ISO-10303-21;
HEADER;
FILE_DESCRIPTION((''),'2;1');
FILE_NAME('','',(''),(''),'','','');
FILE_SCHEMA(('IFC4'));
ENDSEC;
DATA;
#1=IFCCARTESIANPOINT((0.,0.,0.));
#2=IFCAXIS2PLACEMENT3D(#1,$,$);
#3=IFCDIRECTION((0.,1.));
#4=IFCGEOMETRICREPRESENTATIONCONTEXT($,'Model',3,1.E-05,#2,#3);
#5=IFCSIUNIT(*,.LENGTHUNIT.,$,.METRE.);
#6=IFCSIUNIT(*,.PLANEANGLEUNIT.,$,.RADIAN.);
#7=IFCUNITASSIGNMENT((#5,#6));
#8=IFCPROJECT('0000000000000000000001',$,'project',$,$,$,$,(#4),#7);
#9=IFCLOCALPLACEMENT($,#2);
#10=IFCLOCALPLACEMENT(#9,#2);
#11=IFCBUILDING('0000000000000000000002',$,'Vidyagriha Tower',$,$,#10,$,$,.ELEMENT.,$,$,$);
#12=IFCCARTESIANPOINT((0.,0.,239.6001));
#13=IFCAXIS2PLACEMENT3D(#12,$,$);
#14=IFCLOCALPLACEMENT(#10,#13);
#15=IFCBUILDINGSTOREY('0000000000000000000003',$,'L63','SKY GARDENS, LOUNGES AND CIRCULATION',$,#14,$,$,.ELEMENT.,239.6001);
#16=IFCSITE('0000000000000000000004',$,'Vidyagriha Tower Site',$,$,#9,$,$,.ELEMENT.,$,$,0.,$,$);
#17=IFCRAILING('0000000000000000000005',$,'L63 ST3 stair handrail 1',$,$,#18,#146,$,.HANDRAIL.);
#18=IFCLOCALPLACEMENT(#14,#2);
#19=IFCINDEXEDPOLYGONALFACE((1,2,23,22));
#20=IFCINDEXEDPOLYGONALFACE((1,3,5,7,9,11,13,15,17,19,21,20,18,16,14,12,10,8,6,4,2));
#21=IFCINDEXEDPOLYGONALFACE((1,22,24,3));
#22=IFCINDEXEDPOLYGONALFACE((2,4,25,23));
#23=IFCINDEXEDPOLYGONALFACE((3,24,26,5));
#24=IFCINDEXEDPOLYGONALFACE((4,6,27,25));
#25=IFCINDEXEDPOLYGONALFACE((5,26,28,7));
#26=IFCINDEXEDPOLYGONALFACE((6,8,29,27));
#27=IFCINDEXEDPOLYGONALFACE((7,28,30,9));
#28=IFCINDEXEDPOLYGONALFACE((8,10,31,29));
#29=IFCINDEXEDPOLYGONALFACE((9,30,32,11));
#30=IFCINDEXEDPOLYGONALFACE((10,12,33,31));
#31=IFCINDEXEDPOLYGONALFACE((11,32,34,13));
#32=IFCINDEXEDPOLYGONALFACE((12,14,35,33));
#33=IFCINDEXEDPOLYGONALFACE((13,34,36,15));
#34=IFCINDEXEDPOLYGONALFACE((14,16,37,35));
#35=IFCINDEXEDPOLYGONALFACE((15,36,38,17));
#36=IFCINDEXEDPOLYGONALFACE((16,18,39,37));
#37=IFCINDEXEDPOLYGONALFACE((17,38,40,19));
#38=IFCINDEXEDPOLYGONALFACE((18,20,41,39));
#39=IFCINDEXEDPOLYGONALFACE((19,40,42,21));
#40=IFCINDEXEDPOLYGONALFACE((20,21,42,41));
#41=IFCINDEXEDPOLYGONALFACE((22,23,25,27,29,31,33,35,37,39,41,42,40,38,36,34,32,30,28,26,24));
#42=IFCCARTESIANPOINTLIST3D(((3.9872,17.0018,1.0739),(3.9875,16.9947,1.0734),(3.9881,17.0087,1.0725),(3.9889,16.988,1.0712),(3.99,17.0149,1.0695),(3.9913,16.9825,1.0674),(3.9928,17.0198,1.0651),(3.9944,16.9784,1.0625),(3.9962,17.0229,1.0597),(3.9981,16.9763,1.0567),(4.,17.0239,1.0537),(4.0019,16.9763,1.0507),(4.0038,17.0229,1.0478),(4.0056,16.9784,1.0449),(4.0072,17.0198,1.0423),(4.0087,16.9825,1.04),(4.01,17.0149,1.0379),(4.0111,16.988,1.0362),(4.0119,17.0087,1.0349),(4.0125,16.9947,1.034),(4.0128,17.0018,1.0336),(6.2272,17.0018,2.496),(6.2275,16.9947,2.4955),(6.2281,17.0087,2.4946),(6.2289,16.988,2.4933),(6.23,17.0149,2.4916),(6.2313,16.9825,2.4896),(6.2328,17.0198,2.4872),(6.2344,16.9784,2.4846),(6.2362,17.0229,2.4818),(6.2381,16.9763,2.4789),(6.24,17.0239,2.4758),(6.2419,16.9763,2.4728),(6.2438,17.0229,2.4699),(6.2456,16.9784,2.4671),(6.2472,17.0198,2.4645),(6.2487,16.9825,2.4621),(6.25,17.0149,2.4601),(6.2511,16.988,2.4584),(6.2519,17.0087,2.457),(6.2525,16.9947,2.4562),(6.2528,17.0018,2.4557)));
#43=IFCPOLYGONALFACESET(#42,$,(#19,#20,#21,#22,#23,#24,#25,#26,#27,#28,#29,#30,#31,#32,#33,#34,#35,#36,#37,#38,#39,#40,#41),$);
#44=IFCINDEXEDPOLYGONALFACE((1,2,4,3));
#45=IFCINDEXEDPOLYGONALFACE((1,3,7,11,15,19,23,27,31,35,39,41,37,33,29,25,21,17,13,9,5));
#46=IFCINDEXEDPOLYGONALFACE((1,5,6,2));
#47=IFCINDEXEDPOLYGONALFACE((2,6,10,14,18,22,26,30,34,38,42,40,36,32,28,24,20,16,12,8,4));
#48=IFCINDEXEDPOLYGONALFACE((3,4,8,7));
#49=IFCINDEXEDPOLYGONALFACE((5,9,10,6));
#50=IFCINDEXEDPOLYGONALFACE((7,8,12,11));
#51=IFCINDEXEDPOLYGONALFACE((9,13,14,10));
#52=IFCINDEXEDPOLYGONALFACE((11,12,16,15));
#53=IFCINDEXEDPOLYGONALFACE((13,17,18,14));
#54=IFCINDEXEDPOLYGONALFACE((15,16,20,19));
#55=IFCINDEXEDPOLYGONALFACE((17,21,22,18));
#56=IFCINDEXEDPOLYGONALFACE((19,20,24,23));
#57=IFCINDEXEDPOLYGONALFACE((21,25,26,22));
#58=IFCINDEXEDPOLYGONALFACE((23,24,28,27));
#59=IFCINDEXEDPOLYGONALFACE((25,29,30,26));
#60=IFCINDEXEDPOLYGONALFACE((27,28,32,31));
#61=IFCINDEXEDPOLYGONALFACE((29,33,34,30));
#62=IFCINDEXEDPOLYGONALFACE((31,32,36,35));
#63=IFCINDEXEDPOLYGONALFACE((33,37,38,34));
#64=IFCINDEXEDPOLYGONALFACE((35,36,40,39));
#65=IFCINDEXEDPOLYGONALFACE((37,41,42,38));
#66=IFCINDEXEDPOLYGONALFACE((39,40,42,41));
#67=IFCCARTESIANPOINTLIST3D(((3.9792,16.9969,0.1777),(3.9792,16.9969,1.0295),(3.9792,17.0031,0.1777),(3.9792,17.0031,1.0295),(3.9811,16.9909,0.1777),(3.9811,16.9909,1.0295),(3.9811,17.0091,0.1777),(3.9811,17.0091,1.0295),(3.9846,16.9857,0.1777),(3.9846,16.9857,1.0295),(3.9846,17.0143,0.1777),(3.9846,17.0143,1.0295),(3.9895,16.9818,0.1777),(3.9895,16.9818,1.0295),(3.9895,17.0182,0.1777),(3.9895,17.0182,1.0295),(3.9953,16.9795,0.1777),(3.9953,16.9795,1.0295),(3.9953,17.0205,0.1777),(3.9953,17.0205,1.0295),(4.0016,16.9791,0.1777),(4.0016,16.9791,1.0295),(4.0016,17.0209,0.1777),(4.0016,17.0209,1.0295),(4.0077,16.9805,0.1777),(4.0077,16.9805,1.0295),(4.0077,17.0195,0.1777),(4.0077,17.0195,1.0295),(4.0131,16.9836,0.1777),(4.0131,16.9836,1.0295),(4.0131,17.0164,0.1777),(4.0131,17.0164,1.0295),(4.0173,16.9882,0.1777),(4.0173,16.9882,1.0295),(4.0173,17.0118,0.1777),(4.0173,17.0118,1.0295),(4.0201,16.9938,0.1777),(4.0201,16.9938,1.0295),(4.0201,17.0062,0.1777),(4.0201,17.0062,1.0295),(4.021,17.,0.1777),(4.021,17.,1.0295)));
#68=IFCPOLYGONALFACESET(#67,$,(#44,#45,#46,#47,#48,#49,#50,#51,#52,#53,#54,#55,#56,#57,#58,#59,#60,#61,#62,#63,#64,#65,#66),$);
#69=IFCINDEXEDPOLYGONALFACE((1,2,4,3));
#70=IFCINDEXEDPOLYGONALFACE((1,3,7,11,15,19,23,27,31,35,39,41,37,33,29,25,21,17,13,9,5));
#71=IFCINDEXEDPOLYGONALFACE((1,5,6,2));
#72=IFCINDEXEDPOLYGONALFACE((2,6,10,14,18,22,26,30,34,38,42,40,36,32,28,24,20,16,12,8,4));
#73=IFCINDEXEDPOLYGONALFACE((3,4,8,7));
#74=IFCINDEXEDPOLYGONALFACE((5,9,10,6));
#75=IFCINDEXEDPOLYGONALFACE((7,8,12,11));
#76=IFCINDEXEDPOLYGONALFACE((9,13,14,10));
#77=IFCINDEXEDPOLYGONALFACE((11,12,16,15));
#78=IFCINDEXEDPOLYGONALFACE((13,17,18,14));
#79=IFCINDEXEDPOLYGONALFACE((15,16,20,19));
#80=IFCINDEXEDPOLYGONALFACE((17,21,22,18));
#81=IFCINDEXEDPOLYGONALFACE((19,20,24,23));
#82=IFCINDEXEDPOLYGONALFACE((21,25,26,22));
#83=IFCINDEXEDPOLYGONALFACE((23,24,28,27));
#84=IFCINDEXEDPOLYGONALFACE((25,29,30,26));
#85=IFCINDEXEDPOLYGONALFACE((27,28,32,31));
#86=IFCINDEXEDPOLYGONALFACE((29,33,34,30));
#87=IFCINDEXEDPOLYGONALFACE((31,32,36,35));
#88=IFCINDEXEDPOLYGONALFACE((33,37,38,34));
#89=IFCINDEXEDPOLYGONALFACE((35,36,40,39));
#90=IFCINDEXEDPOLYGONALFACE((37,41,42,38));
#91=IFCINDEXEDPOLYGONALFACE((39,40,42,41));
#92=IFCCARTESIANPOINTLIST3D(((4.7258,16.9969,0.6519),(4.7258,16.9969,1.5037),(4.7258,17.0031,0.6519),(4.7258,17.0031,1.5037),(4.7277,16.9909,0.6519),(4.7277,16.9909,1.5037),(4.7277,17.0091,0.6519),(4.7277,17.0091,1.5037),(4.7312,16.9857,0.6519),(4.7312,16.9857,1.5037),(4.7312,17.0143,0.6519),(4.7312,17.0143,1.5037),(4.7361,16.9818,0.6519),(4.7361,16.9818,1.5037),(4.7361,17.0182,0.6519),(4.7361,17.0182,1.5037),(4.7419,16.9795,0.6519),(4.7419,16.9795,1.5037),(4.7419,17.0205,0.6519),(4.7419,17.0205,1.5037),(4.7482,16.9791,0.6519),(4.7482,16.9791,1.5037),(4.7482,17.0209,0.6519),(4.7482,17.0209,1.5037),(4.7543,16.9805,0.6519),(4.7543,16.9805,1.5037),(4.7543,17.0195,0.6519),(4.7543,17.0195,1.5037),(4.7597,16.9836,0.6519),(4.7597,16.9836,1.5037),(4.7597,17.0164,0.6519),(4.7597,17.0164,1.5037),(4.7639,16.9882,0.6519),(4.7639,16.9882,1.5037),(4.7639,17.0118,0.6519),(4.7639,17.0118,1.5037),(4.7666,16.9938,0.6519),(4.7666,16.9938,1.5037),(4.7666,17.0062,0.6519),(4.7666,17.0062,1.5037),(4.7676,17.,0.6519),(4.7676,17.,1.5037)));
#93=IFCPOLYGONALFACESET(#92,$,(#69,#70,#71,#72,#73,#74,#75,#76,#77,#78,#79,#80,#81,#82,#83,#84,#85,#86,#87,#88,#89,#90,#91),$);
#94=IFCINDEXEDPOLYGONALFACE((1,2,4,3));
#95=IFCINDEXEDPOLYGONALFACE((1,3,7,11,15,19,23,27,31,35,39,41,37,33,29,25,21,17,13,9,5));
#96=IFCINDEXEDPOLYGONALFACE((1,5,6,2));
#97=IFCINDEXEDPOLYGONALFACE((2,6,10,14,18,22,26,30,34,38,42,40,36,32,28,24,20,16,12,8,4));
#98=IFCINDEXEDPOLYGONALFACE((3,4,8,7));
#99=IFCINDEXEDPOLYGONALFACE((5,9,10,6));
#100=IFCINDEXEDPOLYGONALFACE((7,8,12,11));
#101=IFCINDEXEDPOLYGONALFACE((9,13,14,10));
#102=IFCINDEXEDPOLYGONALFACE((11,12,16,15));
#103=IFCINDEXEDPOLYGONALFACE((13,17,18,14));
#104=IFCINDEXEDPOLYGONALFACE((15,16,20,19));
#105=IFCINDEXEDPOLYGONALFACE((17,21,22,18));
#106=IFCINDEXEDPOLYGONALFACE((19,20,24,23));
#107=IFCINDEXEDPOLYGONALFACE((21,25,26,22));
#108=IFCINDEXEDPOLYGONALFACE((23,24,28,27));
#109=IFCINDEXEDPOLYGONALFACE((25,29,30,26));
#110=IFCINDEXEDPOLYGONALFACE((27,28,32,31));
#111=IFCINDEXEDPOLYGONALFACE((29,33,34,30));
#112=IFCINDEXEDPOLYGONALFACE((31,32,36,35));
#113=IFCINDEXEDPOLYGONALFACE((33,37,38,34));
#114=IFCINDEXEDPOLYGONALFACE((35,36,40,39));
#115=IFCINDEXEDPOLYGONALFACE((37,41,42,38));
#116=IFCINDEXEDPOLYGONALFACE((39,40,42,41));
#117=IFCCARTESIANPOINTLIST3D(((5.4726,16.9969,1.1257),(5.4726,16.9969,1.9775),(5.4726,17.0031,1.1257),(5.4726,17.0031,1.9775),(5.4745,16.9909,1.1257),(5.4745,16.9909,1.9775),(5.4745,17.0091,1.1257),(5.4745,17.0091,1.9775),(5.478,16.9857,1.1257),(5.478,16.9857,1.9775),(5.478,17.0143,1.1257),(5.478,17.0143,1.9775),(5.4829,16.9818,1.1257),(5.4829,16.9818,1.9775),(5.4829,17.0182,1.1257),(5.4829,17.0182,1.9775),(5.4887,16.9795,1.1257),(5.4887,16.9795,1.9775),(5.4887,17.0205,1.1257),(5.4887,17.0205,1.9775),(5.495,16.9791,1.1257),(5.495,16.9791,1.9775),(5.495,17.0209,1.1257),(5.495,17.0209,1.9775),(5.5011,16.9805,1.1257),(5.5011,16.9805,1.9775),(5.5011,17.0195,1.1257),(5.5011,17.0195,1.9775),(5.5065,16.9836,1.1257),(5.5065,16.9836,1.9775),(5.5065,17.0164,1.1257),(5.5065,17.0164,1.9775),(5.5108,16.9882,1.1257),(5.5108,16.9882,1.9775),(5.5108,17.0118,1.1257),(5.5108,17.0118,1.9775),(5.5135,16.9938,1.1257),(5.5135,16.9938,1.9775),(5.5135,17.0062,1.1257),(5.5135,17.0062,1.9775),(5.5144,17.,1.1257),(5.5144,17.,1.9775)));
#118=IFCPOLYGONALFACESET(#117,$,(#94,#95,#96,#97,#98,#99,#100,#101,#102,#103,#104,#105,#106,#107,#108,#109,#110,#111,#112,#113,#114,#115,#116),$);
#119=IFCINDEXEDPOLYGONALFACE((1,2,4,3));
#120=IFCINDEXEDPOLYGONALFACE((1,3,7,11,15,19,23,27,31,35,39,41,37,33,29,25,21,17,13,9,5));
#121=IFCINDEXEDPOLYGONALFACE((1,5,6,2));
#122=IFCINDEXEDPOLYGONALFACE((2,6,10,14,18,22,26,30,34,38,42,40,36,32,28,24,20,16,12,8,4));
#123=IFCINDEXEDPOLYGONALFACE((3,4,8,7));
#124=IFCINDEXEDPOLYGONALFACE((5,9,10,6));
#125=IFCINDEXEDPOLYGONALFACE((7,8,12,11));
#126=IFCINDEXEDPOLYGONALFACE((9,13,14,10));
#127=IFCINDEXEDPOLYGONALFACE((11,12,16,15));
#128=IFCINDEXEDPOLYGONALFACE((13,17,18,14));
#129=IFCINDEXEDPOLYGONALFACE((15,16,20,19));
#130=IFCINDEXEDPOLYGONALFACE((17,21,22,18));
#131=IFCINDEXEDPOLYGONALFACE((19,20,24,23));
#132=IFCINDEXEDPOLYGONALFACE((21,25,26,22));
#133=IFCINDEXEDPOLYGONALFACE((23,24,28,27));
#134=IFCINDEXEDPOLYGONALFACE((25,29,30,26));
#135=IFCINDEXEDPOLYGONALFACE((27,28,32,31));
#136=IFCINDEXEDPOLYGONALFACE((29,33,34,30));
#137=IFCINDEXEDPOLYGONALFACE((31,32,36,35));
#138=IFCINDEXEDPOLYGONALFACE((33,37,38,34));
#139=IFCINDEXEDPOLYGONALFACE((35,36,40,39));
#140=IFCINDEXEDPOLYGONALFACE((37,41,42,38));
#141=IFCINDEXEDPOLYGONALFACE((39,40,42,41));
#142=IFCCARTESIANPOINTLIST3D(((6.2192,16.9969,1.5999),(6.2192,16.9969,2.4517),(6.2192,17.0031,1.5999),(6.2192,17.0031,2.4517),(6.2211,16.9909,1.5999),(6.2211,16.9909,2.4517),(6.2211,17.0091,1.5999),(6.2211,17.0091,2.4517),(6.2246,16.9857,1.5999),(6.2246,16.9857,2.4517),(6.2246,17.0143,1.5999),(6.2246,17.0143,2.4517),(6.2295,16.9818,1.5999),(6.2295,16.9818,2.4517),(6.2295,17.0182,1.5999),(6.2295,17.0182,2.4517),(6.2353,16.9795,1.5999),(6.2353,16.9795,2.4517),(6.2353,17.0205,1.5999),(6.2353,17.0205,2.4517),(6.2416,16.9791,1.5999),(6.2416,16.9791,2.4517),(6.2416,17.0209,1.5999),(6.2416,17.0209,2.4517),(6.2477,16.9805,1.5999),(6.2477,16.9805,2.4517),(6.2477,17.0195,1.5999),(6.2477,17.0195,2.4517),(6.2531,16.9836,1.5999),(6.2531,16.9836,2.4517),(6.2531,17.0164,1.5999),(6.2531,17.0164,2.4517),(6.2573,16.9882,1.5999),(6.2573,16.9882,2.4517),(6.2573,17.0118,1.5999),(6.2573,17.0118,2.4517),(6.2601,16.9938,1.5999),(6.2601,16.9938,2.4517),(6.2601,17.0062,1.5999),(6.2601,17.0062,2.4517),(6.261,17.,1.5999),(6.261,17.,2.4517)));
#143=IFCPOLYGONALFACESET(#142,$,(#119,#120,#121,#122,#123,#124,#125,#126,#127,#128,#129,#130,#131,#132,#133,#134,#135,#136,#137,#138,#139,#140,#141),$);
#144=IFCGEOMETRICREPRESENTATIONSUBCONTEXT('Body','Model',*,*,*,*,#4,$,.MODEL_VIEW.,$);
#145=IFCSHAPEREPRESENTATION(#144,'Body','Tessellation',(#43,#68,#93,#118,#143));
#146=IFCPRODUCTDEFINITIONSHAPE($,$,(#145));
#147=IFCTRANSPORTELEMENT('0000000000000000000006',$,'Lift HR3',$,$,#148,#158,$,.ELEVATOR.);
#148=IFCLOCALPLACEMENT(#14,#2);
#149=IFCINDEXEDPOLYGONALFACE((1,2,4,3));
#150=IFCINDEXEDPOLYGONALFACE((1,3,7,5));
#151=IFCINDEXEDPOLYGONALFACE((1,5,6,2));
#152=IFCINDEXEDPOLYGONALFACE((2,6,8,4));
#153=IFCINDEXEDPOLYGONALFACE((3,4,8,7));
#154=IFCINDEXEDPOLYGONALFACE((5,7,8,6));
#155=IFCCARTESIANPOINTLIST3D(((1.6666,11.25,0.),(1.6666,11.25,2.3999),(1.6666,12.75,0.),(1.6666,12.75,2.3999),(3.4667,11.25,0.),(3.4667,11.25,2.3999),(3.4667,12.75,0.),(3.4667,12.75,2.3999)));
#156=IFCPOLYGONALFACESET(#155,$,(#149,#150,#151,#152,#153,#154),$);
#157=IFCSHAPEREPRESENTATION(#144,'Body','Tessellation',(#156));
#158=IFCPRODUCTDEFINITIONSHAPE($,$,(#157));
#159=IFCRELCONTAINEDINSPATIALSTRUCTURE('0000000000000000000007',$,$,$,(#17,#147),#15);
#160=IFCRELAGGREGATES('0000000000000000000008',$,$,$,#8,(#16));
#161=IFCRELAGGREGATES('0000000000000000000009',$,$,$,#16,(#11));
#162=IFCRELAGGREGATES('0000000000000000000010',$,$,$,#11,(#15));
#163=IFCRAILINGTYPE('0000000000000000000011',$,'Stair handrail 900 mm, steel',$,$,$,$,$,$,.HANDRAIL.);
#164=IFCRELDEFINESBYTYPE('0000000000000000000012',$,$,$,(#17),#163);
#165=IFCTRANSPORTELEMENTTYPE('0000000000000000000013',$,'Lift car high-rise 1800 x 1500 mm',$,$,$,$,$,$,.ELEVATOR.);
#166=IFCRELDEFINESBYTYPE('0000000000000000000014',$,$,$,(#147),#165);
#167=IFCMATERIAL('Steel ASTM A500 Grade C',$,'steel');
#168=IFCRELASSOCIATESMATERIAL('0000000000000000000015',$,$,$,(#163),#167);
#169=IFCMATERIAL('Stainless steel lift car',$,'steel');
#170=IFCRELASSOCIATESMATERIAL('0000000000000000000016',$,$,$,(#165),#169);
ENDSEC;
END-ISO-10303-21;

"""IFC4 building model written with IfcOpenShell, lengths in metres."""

from ifc_helpers import new_model, si_unit, direction, frame, origin, origin_2d, place, context, subcontext, project, spatial, rectangle, circle, extrude, material, type_object, element, save


model = new_model("IFC4")

# Units and contexts
model_context = context("Model", 3, precision=1e-05, world=origin(), true_north=direction((0.0, 1.0)))
body_context = subcontext(model_context, "Body", "Model", "MODEL_VIEW")
ifc_project = project(units=[si_unit("LENGTHUNIT", "METRE"), si_unit("PLANEANGLEUNIT", "RADIAN")], contexts=[model_context])

# Site, building, storey
site_placement = place(None, origin())
site = spatial("IfcSite", under=ifc_project, at=site_placement, Name="Vidyagriha Tower Site", CompositionType="ELEMENT", RefElevation=0.0)
building_placement = place(site_placement, origin())
building = spatial("IfcBuilding", under=site, at=building_placement, Name="Vidyagriha Tower", CompositionType="ELEMENT")
storey_placement = place(building_placement, frame((0.0, 0.0, 239.6001)))
storey = spatial("IfcBuildingStorey", under=building, at=storey_placement, Name="L63", Description="SKY GARDENS, LOUNGES AND CIRCULATION", CompositionType="ELEMENT", Elevation=239.6001)

# Railing
ifc_material_1 = material(Name="Steel ASTM A500 Grade C", Category="steel")
railing_type_1 = type_object("IfcRailingType", Name="Stair handrail 900 mm, steel", PredefinedType="HANDRAIL", material=ifc_material_1)
railing_1_placement = place(storey_placement, frame((4.0, 17.0, 0.1777)))
element("IfcRailing", 1, at=railing_1_placement, inside=storey, type_object=railing_type_1, Name="L63 ST3 stair handrail 1", PredefinedType="HANDRAIL", context=body_context, shape_type="SweptSolid", body=[
    extrude(circle(Radius=0.0239, at=origin_2d()), frame((0.0, 0.0, 0.876), z_axis=(0.844229, 0.0, 0.535982), x_axis=(0.0, 1.0, 0.0)), (0.0, 0.0, 1.0), 2.6533),
    extrude(circle(Radius=0.021, at=origin_2d()), origin(), (0.0, 0.0, 1.0), 0.8518),
    extrude(circle(Radius=0.021, at=origin_2d()), frame((0.7466, 0.0, 0.4741)), (0.0, 0.0, 1.0), 0.8518),
    extrude(circle(Radius=0.021, at=origin_2d()), frame((1.4934, 0.0, 0.948)), (0.0, 0.0, 1.0), 0.8518),
    extrude(circle(Radius=0.021, at=origin_2d()), frame((2.24, 0.0, 1.4221)), (0.0, 0.0, 1.0), 0.8518),
])

# Transport element
ifc_material_2 = material(Name="Stainless steel lift car", Category="steel")
transport_element_type = type_object("IfcTransportElementType", Name="Lift car high-rise 1800 x 1500 mm", PredefinedType="ELEVATOR", material=ifc_material_2)
transport_element_placement = place(storey_placement, frame((2.5667, 12.0, 0.0)))
element("IfcTransportElement", 2, at=transport_element_placement, inside=storey, type_object=transport_element_type, Name="Lift HR3", PredefinedType="ELEVATOR", context=body_context, shape_type="SweptSolid", body=[
    extrude(rectangle(XDim=1.8, YDim=1.5, at=origin_2d()), origin(), (0.0, 0.0, 1.0), 2.3999),
])

save(model, "model.ifc")
